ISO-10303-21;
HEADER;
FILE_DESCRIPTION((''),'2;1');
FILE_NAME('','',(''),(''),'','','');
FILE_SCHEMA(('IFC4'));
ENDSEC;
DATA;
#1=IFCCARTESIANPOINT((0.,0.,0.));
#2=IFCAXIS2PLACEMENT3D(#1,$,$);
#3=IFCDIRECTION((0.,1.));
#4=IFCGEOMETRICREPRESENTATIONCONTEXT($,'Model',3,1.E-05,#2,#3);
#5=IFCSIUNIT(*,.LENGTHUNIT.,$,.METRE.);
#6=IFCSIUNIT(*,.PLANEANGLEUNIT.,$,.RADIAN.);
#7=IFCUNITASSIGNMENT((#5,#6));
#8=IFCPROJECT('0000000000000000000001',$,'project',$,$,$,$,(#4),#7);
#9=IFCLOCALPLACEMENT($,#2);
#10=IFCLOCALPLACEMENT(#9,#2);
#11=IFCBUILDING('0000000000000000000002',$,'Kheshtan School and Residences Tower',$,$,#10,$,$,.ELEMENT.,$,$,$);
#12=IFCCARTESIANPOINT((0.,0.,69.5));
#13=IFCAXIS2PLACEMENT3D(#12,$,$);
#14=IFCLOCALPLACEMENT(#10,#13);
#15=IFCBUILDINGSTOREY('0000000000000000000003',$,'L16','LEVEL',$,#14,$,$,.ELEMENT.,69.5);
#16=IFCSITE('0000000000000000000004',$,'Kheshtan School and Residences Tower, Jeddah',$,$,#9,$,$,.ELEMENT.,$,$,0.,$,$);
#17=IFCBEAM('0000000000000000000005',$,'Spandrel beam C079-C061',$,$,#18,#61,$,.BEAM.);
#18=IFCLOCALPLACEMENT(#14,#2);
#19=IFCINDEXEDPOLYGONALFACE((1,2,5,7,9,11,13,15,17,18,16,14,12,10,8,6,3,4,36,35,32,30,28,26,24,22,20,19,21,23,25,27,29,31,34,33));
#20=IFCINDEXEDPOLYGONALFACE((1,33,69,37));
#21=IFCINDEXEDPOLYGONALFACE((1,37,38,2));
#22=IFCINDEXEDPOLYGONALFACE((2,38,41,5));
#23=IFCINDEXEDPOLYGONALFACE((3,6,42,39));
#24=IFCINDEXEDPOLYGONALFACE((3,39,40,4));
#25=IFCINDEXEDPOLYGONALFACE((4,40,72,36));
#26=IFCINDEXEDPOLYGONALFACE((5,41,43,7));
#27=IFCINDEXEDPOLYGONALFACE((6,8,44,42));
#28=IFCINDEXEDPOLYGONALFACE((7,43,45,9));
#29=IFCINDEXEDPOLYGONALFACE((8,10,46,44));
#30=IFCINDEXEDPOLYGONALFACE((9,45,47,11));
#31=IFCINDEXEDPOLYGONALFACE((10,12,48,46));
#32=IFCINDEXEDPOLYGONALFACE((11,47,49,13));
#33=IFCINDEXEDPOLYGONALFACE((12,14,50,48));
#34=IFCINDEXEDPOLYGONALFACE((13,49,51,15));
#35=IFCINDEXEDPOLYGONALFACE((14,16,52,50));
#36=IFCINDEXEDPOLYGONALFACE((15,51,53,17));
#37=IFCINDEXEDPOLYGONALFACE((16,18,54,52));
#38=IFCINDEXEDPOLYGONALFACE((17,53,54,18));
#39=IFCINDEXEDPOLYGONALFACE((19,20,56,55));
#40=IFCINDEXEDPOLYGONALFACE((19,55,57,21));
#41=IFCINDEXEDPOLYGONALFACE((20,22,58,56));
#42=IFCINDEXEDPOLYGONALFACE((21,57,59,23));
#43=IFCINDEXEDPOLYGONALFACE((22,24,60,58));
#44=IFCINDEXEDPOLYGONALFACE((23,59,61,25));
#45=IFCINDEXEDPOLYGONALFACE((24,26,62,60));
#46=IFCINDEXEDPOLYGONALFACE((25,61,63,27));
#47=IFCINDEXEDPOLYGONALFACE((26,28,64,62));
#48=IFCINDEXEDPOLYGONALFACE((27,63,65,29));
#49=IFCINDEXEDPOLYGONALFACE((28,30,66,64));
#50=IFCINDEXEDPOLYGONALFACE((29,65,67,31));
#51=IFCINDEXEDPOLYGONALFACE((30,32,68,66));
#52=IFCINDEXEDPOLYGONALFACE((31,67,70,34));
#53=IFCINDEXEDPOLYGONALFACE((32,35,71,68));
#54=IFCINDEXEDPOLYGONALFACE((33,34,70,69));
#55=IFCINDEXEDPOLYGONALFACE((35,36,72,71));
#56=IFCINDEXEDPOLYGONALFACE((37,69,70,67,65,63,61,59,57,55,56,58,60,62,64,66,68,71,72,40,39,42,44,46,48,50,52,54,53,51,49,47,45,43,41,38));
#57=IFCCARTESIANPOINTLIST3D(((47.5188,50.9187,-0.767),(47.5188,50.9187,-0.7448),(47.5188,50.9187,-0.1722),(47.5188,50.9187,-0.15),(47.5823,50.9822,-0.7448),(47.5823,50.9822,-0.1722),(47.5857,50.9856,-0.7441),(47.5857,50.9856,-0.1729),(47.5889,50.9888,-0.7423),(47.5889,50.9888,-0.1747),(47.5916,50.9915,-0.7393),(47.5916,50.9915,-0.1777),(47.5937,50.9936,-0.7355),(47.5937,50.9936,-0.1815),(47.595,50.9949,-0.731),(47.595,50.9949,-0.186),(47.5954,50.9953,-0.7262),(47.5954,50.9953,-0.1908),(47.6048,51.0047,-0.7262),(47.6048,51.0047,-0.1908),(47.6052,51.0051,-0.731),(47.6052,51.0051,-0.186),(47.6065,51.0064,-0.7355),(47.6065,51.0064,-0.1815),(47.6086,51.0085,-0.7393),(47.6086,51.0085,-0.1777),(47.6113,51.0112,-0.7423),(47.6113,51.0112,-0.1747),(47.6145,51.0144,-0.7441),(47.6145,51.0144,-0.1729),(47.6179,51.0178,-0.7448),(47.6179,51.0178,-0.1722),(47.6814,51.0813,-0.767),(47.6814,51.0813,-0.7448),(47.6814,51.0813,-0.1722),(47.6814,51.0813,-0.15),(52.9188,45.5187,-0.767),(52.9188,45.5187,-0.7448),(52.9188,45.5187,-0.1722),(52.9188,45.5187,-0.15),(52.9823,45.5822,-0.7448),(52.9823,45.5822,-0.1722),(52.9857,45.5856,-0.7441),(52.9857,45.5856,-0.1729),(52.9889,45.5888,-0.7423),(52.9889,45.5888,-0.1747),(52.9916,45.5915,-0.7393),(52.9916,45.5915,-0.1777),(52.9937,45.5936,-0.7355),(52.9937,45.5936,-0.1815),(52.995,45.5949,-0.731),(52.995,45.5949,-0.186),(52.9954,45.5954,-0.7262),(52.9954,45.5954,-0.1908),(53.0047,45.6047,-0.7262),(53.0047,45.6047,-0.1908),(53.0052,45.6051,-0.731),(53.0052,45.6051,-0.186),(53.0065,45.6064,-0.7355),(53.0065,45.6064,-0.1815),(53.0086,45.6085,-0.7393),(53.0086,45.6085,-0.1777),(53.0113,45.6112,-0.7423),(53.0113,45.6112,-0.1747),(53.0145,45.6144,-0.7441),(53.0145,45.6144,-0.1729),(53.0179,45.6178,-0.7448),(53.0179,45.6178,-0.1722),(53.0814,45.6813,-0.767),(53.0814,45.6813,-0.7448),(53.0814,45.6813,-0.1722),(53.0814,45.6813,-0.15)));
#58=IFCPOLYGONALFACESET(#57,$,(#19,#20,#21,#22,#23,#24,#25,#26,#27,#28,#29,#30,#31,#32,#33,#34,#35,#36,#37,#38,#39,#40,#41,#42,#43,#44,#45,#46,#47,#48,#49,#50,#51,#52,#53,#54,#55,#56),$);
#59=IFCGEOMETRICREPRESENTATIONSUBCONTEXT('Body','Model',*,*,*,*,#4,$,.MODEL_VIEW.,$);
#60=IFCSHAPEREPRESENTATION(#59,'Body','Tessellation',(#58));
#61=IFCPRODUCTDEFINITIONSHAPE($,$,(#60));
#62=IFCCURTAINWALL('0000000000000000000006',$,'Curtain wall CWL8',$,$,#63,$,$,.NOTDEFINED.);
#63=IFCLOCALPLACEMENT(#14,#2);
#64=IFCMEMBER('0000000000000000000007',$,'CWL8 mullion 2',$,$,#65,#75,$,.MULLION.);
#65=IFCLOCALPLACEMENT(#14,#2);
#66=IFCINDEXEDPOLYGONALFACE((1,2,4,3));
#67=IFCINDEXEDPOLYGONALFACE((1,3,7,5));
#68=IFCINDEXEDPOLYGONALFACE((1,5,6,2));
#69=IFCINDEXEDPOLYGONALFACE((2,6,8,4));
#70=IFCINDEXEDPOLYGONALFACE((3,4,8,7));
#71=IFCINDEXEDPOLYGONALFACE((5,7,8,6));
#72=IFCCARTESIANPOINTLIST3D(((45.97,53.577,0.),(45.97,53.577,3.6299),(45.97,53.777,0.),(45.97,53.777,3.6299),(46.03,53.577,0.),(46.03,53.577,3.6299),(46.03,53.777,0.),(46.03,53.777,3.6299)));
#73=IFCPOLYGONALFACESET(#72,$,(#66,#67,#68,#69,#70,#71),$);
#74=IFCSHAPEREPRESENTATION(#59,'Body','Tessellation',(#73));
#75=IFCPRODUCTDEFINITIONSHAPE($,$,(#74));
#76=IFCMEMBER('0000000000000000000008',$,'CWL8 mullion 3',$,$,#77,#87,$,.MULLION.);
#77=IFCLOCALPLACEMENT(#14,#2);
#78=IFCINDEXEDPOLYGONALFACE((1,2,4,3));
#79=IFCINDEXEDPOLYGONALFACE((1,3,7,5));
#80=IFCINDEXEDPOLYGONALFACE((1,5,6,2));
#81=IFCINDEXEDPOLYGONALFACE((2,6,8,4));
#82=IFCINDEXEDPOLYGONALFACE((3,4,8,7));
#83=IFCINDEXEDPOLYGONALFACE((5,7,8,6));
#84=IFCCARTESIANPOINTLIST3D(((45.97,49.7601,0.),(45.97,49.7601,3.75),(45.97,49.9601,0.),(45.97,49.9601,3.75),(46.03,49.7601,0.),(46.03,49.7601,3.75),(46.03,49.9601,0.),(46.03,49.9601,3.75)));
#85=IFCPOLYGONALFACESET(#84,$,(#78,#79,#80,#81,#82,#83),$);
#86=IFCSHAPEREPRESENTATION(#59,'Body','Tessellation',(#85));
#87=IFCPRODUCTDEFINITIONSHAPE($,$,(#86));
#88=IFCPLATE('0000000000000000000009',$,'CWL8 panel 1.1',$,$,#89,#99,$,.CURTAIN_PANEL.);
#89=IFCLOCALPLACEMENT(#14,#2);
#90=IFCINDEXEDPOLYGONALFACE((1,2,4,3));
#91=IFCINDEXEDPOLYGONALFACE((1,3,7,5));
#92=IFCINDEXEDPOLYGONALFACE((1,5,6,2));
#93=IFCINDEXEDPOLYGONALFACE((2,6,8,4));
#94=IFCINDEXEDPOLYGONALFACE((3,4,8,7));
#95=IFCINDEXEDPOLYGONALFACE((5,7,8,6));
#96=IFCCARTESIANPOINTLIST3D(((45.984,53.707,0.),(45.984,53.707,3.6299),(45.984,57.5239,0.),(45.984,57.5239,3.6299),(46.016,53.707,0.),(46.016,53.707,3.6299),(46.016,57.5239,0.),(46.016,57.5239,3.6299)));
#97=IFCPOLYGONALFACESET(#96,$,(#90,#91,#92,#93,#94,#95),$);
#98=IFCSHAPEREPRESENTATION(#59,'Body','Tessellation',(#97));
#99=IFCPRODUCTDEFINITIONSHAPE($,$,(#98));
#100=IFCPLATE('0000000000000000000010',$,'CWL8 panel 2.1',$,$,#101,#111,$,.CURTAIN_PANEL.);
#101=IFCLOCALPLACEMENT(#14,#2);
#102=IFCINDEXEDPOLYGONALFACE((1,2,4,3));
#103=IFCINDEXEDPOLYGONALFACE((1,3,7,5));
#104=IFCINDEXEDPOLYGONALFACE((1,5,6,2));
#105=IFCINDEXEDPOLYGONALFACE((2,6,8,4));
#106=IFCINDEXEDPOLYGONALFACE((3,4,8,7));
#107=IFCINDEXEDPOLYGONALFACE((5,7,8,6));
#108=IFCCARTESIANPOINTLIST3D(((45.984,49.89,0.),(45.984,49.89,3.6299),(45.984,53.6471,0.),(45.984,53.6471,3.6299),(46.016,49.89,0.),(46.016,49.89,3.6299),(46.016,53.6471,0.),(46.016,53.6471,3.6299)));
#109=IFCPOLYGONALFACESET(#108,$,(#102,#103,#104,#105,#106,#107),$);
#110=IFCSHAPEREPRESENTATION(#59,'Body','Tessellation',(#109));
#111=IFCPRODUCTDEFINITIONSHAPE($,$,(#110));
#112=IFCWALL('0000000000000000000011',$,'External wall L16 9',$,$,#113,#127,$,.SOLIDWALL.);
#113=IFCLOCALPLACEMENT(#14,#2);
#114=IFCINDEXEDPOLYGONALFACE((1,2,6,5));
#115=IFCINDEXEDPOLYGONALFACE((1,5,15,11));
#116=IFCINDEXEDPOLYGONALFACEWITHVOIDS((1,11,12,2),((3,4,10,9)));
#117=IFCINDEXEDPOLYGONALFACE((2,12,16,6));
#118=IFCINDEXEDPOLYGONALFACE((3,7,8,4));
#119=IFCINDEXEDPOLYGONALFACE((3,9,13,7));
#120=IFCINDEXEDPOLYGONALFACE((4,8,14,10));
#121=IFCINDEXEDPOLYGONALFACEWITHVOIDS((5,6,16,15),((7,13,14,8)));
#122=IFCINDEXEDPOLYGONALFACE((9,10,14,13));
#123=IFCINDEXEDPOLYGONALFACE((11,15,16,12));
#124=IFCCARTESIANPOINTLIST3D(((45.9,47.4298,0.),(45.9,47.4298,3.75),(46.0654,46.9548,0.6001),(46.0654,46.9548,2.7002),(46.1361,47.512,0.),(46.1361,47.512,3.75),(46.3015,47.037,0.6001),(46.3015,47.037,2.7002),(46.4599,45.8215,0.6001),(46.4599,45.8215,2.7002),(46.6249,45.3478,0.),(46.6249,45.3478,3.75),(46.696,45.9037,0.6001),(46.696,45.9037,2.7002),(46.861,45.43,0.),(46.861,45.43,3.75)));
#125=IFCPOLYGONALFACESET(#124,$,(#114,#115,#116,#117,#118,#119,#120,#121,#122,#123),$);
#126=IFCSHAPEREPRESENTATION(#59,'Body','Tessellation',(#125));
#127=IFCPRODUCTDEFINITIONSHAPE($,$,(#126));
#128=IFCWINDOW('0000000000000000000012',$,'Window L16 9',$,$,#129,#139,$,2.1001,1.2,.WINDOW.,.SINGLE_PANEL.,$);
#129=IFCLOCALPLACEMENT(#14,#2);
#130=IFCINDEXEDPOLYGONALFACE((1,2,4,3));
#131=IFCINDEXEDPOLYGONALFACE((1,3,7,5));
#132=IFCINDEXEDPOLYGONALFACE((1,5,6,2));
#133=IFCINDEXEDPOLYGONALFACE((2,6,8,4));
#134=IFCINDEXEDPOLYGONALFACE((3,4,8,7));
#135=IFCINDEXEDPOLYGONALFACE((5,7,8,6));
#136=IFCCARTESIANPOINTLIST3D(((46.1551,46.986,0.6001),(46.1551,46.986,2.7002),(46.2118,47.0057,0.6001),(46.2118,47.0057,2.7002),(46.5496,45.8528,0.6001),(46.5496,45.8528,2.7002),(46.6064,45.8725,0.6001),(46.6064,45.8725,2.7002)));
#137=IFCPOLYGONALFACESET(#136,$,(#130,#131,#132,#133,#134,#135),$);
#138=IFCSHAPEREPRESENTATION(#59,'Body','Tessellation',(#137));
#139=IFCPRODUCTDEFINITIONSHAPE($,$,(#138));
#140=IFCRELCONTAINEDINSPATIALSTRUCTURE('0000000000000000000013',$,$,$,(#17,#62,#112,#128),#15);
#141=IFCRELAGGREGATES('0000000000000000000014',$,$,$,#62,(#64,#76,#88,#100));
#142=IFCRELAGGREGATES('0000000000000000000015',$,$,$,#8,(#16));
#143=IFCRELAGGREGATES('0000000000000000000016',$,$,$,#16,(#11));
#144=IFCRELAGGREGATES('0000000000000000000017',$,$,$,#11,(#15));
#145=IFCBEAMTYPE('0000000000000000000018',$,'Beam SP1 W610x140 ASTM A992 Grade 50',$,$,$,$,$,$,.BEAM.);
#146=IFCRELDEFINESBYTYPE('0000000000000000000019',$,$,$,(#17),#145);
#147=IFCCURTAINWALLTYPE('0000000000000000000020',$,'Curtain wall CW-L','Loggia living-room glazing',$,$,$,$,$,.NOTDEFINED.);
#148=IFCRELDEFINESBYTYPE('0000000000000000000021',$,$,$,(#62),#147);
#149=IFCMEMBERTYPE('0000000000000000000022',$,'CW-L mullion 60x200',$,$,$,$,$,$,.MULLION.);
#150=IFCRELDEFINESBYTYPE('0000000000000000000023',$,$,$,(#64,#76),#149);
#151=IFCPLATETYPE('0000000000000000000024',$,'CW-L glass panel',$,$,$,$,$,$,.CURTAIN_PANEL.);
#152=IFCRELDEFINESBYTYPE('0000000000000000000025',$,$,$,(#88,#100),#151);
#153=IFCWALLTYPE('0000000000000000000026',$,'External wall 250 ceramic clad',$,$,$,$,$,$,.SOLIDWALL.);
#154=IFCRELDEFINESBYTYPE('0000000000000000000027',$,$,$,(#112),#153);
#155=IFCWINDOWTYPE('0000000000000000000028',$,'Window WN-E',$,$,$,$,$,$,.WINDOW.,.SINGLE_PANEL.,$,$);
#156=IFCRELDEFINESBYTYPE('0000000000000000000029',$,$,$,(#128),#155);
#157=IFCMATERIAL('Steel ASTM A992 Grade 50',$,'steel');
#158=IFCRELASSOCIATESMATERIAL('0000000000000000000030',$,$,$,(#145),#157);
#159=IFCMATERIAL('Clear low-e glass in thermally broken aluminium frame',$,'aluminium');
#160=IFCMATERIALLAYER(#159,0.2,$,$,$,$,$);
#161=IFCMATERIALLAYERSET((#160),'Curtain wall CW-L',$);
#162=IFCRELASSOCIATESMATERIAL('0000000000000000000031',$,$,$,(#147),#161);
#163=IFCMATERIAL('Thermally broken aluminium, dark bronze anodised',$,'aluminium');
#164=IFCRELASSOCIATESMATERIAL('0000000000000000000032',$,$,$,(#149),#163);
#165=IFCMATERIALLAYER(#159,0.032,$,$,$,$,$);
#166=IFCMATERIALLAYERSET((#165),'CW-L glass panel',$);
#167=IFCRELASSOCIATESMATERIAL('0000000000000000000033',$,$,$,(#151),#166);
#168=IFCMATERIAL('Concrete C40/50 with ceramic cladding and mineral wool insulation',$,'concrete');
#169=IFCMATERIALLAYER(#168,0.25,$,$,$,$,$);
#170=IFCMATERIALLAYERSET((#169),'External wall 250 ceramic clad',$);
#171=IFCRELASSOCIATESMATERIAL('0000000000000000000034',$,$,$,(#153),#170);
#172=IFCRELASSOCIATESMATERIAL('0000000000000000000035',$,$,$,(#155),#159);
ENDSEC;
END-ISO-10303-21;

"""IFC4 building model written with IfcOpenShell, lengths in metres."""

from ifc_helpers import new_model, si_unit, direction, frame, frame_2d, origin, origin_2d, place, context, subcontext, project, spatial, rectangle, i_section, extrude, source, transform, mapped, material, layer, layer_set, material_profile, profile_set, type_object, element, fill, aggregate, save


model = new_model("IFC4")

# Units and contexts
model_context = context("Model", 3, precision=1e-05, world=origin(), true_north=direction((0.0, 1.0)))
body_context = subcontext(model_context, "Body", "Model", "MODEL_VIEW")
ifc_project = project(units=[si_unit("LENGTHUNIT", "METRE"), si_unit("PLANEANGLEUNIT", "RADIAN")], contexts=[model_context])

# Site, building, storey
site_placement = place(None, origin())
site = spatial("IfcSite", under=ifc_project, at=site_placement, Name="Kheshtan School and Residences Tower, Jeddah", CompositionType="ELEMENT", RefElevation=0.0)
building_placement = place(site_placement, origin())
building = spatial("IfcBuilding", under=site, at=building_placement, Name="Kheshtan School and Residences Tower", CompositionType="ELEMENT")
storey_placement = place(building_placement, frame((0.0, 0.0, 69.5)))
storey = spatial("IfcBuildingStorey", under=building, at=storey_placement, Name="L16", Description="LEVEL", CompositionType="ELEMENT", Elevation=69.5)

# Shared definitions
ifc_material_1 = material(Name="Steel ASTM A992 Grade 50", Category="steel")

# Beam
ifc_material_profile_1 = material_profile(ifc_material_1, i_section(OverallWidth=0.23, OverallDepth=0.6169, WebThickness=0.0132, FlangeThickness=0.0222, FilletRadius=0.0186, at=origin_2d()), Name="W610x140")
ifc_profile_set_1 = profile_set([ifc_material_profile_1], Name="Steel ASTM A992 Grade 50")
beam_type = type_object("IfcBeamType", Name="Beam SP1 W610x140 ASTM A992 Grade 50", PredefinedType="BEAM", material=ifc_profile_set_1)
beam_placement = place(storey_placement, frame((47.6001, 51.0, -0.4585), z_axis=(0.707107, -0.707107, 0.0), x_axis=(0.707107, 0.707107, 0.0)))
element("IfcBeam", 1, at=beam_placement, inside=storey, type_object=beam_type, Name="Spandrel beam C079-C061", PredefinedType="BEAM", context=body_context, shape_type="SweptSolid", body=[
    extrude(i_section(OverallWidth=0.23, OverallDepth=0.6169, WebThickness=0.0132, FlangeThickness=0.0222, FilletRadius=0.0186, at=origin_2d()), origin(), (0.0, 0.0, 1.0), 7.6367),
])

# Curtain wall, members, plates
ifc_material_2 = material(Name="Clear low-e glass in thermally broken aluminium frame", Category="aluminium")
ifc_layer_1 = layer(ifc_material_2, 0.2)
ifc_layer_set_1 = layer_set([ifc_layer_1], Name="Curtain wall CW-L")
curtain_wall_type = type_object("IfcCurtainWallType", Name="Curtain wall CW-L", Description="Loggia living-room glazing", PredefinedType="NOTDEFINED", material=ifc_layer_set_1)
curtain_wall_placement = place(storey_placement, origin())
curtain_wall = element("IfcCurtainWall", 2, at=curtain_wall_placement, inside=storey, type_object=curtain_wall_type, Name="Curtain wall CWL8", PredefinedType="NOTDEFINED")
ifc_material_3 = material(Name="Thermally broken aluminium, dark bronze anodised", Category="aluminium")
ifc_material_profile_2 = material_profile(ifc_material_3, rectangle(XDim=0.0601, YDim=0.2, at=origin_2d()), Name="CW-L mullion 60x200")
ifc_profile_set_2 = profile_set([ifc_material_profile_2], Name="Thermally broken aluminium, dark bronze anodised")
member_type = type_object("IfcMemberType", Name="CW-L mullion 60x200", PredefinedType="MULLION", material=ifc_profile_set_2)
member_1_placement = place(storey_placement, frame((46.0, 53.677, 0.0), z_axis=(0.0, 0.0, 1.0), x_axis=(1.0, 0.0, 0.0)))
member_1 = element("IfcMember", 3, at=member_1_placement, type_object=member_type, Name="CWL8 mullion 2", PredefinedType="MULLION", context=body_context, shape_type="SweptSolid", body=[
    extrude(rectangle(XDim=0.0601, YDim=0.2, at=origin_2d()), origin(), (0.0, 0.0, 1.0), 3.6299),
])
member_2_placement = place(storey_placement, frame((46.0, 49.8601, 0.0), z_axis=(0.0, 0.0, 1.0), x_axis=(1.0, 0.0, 0.0)))
member_2 = element("IfcMember", 4, at=member_2_placement, type_object=member_type, Name="CWL8 mullion 3", PredefinedType="MULLION", context=body_context, shape_type="SweptSolid", body=[
    extrude(rectangle(XDim=0.0601, YDim=0.2, at=origin_2d()), origin(), (0.0, 0.0, 1.0), 3.75),
])
ifc_layer_2 = layer(ifc_material_2, 0.032)
ifc_layer_set_2 = layer_set([ifc_layer_2], Name="CW-L glass panel")
plate_type = type_object("IfcPlateType", Name="CW-L glass panel", PredefinedType="CURTAIN_PANEL", material=ifc_layer_set_2)
plate_1_placement = place(storey_placement, frame((46.0, 55.6155, 0.0), z_axis=(0.0, 0.0, 1.0), x_axis=(0.0, -1.0, 0.0)))
plate_1 = element("IfcPlate", 5, at=plate_1_placement, type_object=plate_type, Name="CWL8 panel 1.1", PredefinedType="CURTAIN_PANEL", context=body_context, shape_type="SweptSolid", body=[
    extrude(rectangle(XDim=3.8169, YDim=0.032, at=origin_2d()), origin(), (0.0, 0.0, 1.0), 3.6299),
])
plate_2_placement = place(storey_placement, frame((46.0, 51.7686, 0.0), z_axis=(0.0, 0.0, 1.0), x_axis=(0.0, -1.0, 0.0)))
plate_2 = element("IfcPlate", 6, at=plate_2_placement, type_object=plate_type, Name="CWL8 panel 2.1", PredefinedType="CURTAIN_PANEL", context=body_context, shape_type="SweptSolid", body=[
    extrude(rectangle(XDim=3.7571, YDim=0.032, at=origin_2d()), origin(), (0.0, 0.0, 1.0), 3.6299),
])
aggregate(curtain_wall, [member_1, member_2, plate_1, plate_2])

# Wall, opening, window
ifc_material_4 = material(Name="Concrete C40/50 with ceramic cladding and mineral wool insulation", Category="concrete")
ifc_layer_3 = layer(ifc_material_4, 0.25)
ifc_layer_set_3 = layer_set([ifc_layer_3], Name="External wall 250 ceramic clad")
wall_type_1 = type_object("IfcWallType", Name="External wall 250 ceramic clad", PredefinedType="SOLIDWALL", material=ifc_layer_set_3)
wall_1_placement = place(storey_placement, frame((46.0181, 47.4709, 0.0), z_axis=(0.0, 0.0, 1.0), x_axis=(0.328791, -0.944403, 0.0)))
wall_1 = element("IfcWall", 7, at=wall_1_placement, inside=storey, type_object=wall_type_1, Name="External wall L16 9", PredefinedType="SOLIDWALL", context=body_context, shape_type="SweptSolid", body=[
    extrude(rectangle(XDim=2.2046, YDim=0.25, at=frame_2d((1.1023, 0.0))), origin(), (0.0, 0.0, 1.0), 3.75),
])
opening_1_placement = place(wall_1_placement, frame((0.5029, 0.0, 0.6001)))
opening_1 = element("IfcOpeningElement", 8, at=opening_1_placement, cuts=wall_1, PredefinedType="OPENING", context=body_context, shape_type="SweptSolid", body=[
    extrude(rectangle(XDim=1.2, YDim=2.1001, at=frame_2d((0.6001, 1.05))), frame((0.0, 0.135, 0.0), z_axis=(0.0, -1.0, 0.0), x_axis=(1.0, 0.0, 0.0)), (0.0, 0.0, 1.0), 0.27),
])
window_type = type_object("IfcWindowType", Name="Window WN-E", PartitioningType="SINGLE_PANEL", PredefinedType="WINDOW", material=ifc_material_2)
shared_shape_1 = source(origin(), body_context, "Body", "SweptSolid", [
    extrude(rectangle(XDim=1.2, YDim=2.1001, at=frame_2d((0.6001, 1.05))), frame((0.0, 0.03, 0.0), z_axis=(0.0, -1.0, 0.0), x_axis=(1.0, 0.0, 0.0)), (0.0, 0.0, 1.0), 0.0601),
])
window_placement = place(opening_1_placement, origin())
window = element("IfcWindow", 9, at=window_placement, inside=storey, type_object=window_type, Name="Window L16 9", OverallHeight=2.1001, OverallWidth=1.2, PartitioningType="SINGLE_PANEL", PredefinedType="WINDOW", context=body_context, shape_type="MappedRepresentation", body=[
    mapped(shared_shape_1, transform((0.0, 0.0, 0.0), x_axis=(1.0, 0.0, 0.0), y_axis=(0.0, 1.0, 0.0), z_axis=(0.0, 0.0, 1.0), scale=1.0)),
])
fill(opening_1, window)

save(model, "model.ifc")
